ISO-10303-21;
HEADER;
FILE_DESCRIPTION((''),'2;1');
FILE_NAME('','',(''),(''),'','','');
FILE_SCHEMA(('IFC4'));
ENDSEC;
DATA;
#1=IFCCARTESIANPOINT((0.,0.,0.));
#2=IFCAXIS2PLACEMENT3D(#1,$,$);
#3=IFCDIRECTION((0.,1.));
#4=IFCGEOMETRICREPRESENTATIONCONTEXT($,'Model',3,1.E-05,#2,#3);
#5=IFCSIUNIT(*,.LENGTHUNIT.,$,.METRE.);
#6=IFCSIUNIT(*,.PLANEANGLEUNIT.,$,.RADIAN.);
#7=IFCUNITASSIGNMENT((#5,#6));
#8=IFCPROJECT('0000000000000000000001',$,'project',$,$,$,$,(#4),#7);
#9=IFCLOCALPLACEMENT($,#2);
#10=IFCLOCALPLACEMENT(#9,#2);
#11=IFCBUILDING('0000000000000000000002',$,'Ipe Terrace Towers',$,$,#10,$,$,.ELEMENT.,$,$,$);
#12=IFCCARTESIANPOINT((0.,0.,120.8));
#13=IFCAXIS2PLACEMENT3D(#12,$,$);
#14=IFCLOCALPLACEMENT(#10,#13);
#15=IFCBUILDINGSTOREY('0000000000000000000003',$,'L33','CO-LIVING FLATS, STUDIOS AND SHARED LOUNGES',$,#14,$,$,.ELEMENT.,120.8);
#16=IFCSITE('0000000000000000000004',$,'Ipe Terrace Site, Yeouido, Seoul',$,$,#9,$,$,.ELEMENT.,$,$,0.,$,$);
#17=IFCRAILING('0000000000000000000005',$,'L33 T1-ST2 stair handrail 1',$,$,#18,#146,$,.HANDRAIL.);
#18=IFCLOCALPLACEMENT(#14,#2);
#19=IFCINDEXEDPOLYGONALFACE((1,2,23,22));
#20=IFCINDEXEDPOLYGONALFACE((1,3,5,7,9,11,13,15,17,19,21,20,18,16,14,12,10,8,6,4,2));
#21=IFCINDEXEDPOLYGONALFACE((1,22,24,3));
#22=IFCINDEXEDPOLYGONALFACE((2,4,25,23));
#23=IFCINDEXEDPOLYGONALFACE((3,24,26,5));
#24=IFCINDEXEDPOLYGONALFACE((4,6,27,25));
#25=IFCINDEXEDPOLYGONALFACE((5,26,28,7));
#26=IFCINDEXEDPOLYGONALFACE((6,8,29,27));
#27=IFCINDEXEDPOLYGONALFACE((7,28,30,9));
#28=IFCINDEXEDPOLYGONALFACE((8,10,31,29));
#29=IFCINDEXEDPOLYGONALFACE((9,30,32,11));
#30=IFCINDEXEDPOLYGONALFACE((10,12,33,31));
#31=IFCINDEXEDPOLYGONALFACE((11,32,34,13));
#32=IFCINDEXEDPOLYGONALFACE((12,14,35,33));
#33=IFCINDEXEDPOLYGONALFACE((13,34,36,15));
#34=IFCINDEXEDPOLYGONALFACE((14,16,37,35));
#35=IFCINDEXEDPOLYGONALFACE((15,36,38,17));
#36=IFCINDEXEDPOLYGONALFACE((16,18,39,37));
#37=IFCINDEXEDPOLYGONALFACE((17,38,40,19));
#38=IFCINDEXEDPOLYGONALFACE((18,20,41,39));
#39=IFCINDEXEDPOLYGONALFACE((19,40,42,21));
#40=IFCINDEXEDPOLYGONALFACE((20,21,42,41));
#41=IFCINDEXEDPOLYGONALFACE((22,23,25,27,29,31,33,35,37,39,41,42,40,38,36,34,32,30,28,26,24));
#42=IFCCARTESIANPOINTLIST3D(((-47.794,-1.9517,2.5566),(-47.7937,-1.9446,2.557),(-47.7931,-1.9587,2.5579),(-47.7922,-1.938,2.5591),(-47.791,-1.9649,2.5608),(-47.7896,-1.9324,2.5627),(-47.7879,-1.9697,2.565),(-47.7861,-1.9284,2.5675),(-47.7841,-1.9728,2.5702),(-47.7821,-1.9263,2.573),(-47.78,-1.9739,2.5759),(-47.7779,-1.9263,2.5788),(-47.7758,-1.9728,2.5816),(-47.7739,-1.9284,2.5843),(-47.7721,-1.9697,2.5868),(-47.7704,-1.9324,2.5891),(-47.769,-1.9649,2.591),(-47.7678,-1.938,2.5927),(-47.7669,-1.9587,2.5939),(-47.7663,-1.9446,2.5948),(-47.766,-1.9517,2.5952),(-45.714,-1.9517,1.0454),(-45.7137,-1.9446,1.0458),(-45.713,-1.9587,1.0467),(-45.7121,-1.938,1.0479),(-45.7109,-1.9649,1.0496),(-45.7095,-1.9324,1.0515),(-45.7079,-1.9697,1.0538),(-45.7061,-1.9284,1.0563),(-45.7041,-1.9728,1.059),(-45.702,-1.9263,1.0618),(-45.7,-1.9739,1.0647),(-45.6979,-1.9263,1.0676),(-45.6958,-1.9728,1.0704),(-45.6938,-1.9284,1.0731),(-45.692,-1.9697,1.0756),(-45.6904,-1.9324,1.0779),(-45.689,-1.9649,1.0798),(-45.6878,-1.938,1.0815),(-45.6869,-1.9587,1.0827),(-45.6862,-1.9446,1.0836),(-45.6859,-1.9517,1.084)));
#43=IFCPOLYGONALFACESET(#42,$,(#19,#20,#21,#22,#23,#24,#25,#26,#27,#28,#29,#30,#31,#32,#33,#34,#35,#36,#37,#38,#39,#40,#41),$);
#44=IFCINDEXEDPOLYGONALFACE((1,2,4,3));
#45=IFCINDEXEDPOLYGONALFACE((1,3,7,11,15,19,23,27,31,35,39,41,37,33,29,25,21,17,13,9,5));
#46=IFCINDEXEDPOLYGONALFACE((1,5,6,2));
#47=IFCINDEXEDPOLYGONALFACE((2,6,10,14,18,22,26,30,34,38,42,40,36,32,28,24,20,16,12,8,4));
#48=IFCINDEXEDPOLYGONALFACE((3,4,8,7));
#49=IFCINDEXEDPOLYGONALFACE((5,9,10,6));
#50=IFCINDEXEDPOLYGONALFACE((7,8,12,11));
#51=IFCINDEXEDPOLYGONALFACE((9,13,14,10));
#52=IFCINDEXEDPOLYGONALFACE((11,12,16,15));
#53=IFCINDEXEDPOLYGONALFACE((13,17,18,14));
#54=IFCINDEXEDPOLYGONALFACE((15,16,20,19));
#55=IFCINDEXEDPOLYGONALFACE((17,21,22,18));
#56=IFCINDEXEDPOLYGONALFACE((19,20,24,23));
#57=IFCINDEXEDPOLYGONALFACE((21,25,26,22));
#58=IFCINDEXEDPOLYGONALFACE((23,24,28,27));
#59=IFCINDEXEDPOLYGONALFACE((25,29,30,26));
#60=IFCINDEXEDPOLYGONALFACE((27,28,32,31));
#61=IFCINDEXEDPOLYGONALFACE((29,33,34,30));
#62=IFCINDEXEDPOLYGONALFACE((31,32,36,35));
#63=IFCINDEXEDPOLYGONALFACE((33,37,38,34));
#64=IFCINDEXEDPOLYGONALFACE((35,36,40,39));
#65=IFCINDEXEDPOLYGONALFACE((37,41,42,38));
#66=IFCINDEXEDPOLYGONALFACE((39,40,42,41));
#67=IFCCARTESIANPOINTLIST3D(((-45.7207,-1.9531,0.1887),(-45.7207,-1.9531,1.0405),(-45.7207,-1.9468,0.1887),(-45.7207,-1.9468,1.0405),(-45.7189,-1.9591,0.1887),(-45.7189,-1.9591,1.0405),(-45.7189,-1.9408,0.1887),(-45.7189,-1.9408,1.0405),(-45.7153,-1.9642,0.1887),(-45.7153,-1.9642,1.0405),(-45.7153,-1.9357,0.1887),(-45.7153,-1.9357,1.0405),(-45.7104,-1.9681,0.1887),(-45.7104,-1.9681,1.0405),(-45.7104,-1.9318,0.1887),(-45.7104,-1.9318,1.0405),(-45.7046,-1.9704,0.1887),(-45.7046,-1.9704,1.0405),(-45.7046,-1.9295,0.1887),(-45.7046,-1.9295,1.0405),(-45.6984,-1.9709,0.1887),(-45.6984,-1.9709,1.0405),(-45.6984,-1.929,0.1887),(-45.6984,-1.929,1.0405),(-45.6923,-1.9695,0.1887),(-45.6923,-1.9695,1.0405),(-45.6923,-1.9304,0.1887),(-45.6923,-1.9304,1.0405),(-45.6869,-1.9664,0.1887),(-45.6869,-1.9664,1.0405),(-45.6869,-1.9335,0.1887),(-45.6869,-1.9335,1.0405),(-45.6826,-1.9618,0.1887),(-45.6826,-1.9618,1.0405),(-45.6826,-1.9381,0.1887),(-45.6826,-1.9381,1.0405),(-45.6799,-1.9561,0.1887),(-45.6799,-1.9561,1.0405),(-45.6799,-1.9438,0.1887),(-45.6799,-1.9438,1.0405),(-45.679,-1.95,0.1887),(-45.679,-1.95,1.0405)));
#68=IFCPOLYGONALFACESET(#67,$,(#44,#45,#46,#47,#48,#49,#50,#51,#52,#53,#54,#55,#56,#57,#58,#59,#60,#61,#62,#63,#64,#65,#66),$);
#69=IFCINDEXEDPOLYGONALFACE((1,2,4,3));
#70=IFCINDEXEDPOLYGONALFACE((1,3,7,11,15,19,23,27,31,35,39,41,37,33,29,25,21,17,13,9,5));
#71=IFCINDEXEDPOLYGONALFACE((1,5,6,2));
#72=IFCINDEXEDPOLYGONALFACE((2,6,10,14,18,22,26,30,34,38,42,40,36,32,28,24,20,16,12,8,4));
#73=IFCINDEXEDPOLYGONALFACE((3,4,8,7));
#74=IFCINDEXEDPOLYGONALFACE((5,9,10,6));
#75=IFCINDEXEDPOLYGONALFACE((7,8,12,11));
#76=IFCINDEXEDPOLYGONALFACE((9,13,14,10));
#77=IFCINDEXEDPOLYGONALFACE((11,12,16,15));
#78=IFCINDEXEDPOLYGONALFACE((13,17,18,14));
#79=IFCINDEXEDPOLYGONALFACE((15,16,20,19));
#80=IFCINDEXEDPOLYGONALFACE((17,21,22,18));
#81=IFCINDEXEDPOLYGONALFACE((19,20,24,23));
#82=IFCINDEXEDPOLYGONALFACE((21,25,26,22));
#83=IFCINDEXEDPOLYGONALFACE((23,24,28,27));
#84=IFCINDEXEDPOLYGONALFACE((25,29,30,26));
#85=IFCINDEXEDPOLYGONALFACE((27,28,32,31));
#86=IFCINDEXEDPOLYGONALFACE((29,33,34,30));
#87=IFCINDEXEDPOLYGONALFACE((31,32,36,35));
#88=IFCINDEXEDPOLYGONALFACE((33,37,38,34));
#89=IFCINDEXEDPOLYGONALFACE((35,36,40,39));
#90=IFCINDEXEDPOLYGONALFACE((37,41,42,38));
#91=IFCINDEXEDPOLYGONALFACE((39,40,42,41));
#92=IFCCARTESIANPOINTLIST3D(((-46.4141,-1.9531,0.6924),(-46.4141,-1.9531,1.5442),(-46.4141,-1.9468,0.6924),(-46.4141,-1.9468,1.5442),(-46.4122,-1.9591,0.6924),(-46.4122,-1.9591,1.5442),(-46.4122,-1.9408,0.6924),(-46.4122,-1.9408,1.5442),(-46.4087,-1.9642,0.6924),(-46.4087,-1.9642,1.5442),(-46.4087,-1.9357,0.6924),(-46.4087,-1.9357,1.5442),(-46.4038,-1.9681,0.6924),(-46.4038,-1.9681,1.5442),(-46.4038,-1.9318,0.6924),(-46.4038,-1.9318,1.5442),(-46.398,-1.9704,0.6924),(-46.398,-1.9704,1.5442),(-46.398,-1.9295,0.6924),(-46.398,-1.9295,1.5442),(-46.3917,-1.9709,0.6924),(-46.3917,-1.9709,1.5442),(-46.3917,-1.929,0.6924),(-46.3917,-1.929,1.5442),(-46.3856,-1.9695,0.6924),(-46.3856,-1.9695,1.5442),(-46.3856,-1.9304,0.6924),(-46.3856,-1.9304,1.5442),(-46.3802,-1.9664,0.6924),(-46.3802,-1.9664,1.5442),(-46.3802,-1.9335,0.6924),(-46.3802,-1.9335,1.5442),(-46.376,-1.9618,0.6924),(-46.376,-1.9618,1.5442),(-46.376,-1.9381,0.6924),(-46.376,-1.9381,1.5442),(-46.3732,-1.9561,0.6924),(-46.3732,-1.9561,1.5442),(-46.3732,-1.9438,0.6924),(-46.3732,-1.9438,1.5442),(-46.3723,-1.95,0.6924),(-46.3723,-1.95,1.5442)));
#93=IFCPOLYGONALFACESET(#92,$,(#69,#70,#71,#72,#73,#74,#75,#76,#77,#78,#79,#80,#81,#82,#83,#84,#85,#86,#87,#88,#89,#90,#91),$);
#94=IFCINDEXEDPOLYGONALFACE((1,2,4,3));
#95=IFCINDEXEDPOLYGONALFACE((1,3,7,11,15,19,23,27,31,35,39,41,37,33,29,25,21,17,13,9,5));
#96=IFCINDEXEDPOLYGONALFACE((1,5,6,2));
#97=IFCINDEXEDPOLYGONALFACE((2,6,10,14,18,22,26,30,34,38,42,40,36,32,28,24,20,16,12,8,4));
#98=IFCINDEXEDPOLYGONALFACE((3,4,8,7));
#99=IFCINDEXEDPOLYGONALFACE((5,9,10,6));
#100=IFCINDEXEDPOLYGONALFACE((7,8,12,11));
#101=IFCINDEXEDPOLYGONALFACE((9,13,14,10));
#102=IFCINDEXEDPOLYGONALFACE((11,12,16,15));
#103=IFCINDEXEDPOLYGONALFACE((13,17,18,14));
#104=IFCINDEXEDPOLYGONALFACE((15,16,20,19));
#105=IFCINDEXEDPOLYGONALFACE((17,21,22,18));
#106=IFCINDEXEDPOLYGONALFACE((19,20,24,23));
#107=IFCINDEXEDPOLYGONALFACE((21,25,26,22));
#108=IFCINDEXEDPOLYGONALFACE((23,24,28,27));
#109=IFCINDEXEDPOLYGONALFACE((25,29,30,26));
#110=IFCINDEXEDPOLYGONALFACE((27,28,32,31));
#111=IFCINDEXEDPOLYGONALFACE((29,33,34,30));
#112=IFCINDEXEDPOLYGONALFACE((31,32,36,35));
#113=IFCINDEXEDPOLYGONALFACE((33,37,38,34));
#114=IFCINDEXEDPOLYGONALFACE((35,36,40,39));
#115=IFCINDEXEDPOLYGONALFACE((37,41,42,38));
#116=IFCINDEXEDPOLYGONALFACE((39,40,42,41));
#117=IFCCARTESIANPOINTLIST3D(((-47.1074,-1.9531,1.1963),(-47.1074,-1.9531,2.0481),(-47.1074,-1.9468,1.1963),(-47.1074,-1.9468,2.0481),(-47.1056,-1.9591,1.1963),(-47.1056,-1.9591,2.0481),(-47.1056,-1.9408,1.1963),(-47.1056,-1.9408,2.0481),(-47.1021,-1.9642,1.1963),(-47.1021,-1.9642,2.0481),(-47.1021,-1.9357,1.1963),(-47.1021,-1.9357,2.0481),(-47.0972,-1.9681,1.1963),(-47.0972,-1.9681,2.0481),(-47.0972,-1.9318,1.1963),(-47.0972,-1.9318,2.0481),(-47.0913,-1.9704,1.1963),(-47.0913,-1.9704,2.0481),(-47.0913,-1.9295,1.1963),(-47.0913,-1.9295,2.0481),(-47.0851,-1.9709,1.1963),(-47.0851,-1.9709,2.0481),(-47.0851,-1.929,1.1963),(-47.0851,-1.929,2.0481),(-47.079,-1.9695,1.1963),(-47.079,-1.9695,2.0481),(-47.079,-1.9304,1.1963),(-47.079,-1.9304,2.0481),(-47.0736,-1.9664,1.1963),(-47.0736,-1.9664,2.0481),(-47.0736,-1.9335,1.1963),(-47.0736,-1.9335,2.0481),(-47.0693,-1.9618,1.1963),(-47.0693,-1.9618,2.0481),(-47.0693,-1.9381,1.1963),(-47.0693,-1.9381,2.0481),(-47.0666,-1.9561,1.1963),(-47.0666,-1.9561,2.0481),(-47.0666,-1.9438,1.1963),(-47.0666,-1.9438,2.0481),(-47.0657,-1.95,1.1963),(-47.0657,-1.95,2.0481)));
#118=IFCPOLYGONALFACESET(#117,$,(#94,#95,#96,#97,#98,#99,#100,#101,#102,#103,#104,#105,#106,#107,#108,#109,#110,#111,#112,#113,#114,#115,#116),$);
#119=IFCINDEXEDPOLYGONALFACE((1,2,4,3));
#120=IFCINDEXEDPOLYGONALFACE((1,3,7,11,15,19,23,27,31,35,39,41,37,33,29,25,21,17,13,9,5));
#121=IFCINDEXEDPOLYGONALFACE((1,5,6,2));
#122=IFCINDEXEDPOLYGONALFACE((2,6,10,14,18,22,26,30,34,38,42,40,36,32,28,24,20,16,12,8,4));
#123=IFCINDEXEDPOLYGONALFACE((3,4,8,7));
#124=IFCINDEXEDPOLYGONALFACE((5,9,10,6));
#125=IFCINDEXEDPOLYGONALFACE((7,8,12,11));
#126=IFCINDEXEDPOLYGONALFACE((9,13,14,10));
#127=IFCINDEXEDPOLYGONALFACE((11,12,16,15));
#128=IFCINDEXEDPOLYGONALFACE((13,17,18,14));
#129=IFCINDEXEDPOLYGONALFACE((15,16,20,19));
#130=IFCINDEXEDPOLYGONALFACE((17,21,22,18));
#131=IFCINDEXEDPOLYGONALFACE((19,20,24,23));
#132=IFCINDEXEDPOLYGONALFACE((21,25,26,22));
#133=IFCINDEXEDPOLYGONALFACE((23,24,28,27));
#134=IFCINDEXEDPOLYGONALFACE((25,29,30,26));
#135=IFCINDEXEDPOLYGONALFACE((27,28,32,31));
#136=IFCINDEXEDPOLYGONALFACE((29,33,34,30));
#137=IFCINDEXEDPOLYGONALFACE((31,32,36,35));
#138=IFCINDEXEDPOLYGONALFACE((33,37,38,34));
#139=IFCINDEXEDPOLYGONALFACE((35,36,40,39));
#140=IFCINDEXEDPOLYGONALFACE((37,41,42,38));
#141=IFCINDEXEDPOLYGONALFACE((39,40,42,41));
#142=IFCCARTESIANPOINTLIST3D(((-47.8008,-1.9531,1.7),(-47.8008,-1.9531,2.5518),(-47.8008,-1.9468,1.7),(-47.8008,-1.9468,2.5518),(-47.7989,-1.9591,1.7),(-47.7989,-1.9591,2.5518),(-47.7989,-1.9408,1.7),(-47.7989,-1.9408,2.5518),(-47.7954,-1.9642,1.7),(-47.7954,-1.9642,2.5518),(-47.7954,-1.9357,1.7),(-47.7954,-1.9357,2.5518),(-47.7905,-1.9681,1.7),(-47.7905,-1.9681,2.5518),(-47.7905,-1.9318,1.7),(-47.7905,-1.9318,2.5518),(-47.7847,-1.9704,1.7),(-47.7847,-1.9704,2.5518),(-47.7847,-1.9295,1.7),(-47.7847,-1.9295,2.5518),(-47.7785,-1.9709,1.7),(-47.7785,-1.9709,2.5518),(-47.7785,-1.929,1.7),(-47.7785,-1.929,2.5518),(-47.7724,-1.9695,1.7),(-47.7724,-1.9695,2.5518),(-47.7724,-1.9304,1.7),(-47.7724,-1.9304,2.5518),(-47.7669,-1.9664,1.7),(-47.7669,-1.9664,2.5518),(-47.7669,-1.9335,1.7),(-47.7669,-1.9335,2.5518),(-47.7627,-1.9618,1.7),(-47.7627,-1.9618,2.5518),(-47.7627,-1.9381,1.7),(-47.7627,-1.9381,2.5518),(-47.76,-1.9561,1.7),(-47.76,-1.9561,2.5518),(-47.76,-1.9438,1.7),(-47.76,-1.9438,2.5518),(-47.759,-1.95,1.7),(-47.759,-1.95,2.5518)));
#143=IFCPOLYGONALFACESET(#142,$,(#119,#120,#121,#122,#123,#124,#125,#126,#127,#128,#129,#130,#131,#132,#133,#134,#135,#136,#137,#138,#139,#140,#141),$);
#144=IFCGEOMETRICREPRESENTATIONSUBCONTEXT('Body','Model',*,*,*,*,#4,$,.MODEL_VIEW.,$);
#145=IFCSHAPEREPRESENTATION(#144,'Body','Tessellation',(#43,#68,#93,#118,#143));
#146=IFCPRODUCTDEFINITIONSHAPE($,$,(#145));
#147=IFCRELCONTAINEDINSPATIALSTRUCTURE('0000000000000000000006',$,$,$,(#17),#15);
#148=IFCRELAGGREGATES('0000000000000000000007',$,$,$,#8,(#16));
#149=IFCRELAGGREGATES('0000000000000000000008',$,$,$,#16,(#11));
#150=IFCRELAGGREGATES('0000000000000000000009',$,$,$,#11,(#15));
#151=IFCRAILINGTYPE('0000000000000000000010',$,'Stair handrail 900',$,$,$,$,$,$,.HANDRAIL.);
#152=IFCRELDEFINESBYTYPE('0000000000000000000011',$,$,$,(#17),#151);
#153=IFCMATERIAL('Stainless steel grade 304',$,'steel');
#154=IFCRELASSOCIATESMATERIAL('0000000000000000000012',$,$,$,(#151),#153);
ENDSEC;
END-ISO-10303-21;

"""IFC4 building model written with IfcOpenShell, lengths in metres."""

from ifc_helpers import new_model, si_unit, direction, frame, origin, origin_2d, place, context, subcontext, project, spatial, circle, extrude, material, type_object, element, save


model = new_model("IFC4")

# Units and contexts
model_context = context("Model", 3, precision=1e-05, world=origin(), true_north=direction((0.0, 1.0)))
body_context = subcontext(model_context, "Body", "Model", "MODEL_VIEW")
ifc_project = project(units=[si_unit("LENGTHUNIT", "METRE"), si_unit("PLANEANGLEUNIT", "RADIAN")], contexts=[model_context])

# Site, building, storey
site_placement = place(None, origin())
site = spatial("IfcSite", under=ifc_project, at=site_placement, Name="Ipe Terrace Site, Yeouido, Seoul", CompositionType="ELEMENT", RefElevation=0.0)
building_placement = place(site_placement, origin())
building = spatial("IfcBuilding", under=site, at=building_placement, Name="Ipe Terrace Towers", CompositionType="ELEMENT")
storey_placement = place(building_placement, frame((0.0, 0.0, 120.8)))
storey = spatial("IfcBuildingStorey", under=building, at=storey_placement, Name="L33", Description="CO-LIVING FLATS, STUDIOS AND SHARED LOUNGES", CompositionType="ELEMENT", Elevation=120.8)

# Railing
ifc_material_1 = material(Name="Stainless steel grade 304", Category="steel")
railing_type_1 = type_object("IfcRailingType", Name="Stair handrail 900", PredefinedType="HANDRAIL", material=ifc_material_1)
railing_1_placement = place(storey_placement, frame((-45.7, -1.95, 0.1887)))
element("IfcRailing", 1, at=railing_1_placement, inside=storey, type_object=railing_type_1, Name="L33 T1-ST2 stair handrail 1", PredefinedType="HANDRAIL", context=body_context, shape_type="SweptSolid", body=[
    extrude(circle(Radius=0.0239, at=origin_2d()), frame((0.0, 0.0, 0.876), z_axis=(-0.809023, 0.0, 0.587776), x_axis=(0.0, -1.0, 0.0)), (0.0, 0.0, 1.0), 2.571),
    extrude(circle(Radius=0.021, at=origin_2d()), origin(), (0.0, 0.0, 1.0), 0.8518),
    extrude(circle(Radius=0.021, at=origin_2d()), frame((-0.6934, 0.0, 0.5037)), (0.0, 0.0, 1.0), 0.8518),
    extrude(circle(Radius=0.021, at=origin_2d()), frame((-1.3867, 0.0, 1.0076)), (0.0, 0.0, 1.0), 0.8518),
    extrude(circle(Radius=0.021, at=origin_2d()), frame((-2.0801, 0.0, 1.5112)), (0.0, 0.0, 1.0), 0.8518),
])

save(model, "model.ifc")
